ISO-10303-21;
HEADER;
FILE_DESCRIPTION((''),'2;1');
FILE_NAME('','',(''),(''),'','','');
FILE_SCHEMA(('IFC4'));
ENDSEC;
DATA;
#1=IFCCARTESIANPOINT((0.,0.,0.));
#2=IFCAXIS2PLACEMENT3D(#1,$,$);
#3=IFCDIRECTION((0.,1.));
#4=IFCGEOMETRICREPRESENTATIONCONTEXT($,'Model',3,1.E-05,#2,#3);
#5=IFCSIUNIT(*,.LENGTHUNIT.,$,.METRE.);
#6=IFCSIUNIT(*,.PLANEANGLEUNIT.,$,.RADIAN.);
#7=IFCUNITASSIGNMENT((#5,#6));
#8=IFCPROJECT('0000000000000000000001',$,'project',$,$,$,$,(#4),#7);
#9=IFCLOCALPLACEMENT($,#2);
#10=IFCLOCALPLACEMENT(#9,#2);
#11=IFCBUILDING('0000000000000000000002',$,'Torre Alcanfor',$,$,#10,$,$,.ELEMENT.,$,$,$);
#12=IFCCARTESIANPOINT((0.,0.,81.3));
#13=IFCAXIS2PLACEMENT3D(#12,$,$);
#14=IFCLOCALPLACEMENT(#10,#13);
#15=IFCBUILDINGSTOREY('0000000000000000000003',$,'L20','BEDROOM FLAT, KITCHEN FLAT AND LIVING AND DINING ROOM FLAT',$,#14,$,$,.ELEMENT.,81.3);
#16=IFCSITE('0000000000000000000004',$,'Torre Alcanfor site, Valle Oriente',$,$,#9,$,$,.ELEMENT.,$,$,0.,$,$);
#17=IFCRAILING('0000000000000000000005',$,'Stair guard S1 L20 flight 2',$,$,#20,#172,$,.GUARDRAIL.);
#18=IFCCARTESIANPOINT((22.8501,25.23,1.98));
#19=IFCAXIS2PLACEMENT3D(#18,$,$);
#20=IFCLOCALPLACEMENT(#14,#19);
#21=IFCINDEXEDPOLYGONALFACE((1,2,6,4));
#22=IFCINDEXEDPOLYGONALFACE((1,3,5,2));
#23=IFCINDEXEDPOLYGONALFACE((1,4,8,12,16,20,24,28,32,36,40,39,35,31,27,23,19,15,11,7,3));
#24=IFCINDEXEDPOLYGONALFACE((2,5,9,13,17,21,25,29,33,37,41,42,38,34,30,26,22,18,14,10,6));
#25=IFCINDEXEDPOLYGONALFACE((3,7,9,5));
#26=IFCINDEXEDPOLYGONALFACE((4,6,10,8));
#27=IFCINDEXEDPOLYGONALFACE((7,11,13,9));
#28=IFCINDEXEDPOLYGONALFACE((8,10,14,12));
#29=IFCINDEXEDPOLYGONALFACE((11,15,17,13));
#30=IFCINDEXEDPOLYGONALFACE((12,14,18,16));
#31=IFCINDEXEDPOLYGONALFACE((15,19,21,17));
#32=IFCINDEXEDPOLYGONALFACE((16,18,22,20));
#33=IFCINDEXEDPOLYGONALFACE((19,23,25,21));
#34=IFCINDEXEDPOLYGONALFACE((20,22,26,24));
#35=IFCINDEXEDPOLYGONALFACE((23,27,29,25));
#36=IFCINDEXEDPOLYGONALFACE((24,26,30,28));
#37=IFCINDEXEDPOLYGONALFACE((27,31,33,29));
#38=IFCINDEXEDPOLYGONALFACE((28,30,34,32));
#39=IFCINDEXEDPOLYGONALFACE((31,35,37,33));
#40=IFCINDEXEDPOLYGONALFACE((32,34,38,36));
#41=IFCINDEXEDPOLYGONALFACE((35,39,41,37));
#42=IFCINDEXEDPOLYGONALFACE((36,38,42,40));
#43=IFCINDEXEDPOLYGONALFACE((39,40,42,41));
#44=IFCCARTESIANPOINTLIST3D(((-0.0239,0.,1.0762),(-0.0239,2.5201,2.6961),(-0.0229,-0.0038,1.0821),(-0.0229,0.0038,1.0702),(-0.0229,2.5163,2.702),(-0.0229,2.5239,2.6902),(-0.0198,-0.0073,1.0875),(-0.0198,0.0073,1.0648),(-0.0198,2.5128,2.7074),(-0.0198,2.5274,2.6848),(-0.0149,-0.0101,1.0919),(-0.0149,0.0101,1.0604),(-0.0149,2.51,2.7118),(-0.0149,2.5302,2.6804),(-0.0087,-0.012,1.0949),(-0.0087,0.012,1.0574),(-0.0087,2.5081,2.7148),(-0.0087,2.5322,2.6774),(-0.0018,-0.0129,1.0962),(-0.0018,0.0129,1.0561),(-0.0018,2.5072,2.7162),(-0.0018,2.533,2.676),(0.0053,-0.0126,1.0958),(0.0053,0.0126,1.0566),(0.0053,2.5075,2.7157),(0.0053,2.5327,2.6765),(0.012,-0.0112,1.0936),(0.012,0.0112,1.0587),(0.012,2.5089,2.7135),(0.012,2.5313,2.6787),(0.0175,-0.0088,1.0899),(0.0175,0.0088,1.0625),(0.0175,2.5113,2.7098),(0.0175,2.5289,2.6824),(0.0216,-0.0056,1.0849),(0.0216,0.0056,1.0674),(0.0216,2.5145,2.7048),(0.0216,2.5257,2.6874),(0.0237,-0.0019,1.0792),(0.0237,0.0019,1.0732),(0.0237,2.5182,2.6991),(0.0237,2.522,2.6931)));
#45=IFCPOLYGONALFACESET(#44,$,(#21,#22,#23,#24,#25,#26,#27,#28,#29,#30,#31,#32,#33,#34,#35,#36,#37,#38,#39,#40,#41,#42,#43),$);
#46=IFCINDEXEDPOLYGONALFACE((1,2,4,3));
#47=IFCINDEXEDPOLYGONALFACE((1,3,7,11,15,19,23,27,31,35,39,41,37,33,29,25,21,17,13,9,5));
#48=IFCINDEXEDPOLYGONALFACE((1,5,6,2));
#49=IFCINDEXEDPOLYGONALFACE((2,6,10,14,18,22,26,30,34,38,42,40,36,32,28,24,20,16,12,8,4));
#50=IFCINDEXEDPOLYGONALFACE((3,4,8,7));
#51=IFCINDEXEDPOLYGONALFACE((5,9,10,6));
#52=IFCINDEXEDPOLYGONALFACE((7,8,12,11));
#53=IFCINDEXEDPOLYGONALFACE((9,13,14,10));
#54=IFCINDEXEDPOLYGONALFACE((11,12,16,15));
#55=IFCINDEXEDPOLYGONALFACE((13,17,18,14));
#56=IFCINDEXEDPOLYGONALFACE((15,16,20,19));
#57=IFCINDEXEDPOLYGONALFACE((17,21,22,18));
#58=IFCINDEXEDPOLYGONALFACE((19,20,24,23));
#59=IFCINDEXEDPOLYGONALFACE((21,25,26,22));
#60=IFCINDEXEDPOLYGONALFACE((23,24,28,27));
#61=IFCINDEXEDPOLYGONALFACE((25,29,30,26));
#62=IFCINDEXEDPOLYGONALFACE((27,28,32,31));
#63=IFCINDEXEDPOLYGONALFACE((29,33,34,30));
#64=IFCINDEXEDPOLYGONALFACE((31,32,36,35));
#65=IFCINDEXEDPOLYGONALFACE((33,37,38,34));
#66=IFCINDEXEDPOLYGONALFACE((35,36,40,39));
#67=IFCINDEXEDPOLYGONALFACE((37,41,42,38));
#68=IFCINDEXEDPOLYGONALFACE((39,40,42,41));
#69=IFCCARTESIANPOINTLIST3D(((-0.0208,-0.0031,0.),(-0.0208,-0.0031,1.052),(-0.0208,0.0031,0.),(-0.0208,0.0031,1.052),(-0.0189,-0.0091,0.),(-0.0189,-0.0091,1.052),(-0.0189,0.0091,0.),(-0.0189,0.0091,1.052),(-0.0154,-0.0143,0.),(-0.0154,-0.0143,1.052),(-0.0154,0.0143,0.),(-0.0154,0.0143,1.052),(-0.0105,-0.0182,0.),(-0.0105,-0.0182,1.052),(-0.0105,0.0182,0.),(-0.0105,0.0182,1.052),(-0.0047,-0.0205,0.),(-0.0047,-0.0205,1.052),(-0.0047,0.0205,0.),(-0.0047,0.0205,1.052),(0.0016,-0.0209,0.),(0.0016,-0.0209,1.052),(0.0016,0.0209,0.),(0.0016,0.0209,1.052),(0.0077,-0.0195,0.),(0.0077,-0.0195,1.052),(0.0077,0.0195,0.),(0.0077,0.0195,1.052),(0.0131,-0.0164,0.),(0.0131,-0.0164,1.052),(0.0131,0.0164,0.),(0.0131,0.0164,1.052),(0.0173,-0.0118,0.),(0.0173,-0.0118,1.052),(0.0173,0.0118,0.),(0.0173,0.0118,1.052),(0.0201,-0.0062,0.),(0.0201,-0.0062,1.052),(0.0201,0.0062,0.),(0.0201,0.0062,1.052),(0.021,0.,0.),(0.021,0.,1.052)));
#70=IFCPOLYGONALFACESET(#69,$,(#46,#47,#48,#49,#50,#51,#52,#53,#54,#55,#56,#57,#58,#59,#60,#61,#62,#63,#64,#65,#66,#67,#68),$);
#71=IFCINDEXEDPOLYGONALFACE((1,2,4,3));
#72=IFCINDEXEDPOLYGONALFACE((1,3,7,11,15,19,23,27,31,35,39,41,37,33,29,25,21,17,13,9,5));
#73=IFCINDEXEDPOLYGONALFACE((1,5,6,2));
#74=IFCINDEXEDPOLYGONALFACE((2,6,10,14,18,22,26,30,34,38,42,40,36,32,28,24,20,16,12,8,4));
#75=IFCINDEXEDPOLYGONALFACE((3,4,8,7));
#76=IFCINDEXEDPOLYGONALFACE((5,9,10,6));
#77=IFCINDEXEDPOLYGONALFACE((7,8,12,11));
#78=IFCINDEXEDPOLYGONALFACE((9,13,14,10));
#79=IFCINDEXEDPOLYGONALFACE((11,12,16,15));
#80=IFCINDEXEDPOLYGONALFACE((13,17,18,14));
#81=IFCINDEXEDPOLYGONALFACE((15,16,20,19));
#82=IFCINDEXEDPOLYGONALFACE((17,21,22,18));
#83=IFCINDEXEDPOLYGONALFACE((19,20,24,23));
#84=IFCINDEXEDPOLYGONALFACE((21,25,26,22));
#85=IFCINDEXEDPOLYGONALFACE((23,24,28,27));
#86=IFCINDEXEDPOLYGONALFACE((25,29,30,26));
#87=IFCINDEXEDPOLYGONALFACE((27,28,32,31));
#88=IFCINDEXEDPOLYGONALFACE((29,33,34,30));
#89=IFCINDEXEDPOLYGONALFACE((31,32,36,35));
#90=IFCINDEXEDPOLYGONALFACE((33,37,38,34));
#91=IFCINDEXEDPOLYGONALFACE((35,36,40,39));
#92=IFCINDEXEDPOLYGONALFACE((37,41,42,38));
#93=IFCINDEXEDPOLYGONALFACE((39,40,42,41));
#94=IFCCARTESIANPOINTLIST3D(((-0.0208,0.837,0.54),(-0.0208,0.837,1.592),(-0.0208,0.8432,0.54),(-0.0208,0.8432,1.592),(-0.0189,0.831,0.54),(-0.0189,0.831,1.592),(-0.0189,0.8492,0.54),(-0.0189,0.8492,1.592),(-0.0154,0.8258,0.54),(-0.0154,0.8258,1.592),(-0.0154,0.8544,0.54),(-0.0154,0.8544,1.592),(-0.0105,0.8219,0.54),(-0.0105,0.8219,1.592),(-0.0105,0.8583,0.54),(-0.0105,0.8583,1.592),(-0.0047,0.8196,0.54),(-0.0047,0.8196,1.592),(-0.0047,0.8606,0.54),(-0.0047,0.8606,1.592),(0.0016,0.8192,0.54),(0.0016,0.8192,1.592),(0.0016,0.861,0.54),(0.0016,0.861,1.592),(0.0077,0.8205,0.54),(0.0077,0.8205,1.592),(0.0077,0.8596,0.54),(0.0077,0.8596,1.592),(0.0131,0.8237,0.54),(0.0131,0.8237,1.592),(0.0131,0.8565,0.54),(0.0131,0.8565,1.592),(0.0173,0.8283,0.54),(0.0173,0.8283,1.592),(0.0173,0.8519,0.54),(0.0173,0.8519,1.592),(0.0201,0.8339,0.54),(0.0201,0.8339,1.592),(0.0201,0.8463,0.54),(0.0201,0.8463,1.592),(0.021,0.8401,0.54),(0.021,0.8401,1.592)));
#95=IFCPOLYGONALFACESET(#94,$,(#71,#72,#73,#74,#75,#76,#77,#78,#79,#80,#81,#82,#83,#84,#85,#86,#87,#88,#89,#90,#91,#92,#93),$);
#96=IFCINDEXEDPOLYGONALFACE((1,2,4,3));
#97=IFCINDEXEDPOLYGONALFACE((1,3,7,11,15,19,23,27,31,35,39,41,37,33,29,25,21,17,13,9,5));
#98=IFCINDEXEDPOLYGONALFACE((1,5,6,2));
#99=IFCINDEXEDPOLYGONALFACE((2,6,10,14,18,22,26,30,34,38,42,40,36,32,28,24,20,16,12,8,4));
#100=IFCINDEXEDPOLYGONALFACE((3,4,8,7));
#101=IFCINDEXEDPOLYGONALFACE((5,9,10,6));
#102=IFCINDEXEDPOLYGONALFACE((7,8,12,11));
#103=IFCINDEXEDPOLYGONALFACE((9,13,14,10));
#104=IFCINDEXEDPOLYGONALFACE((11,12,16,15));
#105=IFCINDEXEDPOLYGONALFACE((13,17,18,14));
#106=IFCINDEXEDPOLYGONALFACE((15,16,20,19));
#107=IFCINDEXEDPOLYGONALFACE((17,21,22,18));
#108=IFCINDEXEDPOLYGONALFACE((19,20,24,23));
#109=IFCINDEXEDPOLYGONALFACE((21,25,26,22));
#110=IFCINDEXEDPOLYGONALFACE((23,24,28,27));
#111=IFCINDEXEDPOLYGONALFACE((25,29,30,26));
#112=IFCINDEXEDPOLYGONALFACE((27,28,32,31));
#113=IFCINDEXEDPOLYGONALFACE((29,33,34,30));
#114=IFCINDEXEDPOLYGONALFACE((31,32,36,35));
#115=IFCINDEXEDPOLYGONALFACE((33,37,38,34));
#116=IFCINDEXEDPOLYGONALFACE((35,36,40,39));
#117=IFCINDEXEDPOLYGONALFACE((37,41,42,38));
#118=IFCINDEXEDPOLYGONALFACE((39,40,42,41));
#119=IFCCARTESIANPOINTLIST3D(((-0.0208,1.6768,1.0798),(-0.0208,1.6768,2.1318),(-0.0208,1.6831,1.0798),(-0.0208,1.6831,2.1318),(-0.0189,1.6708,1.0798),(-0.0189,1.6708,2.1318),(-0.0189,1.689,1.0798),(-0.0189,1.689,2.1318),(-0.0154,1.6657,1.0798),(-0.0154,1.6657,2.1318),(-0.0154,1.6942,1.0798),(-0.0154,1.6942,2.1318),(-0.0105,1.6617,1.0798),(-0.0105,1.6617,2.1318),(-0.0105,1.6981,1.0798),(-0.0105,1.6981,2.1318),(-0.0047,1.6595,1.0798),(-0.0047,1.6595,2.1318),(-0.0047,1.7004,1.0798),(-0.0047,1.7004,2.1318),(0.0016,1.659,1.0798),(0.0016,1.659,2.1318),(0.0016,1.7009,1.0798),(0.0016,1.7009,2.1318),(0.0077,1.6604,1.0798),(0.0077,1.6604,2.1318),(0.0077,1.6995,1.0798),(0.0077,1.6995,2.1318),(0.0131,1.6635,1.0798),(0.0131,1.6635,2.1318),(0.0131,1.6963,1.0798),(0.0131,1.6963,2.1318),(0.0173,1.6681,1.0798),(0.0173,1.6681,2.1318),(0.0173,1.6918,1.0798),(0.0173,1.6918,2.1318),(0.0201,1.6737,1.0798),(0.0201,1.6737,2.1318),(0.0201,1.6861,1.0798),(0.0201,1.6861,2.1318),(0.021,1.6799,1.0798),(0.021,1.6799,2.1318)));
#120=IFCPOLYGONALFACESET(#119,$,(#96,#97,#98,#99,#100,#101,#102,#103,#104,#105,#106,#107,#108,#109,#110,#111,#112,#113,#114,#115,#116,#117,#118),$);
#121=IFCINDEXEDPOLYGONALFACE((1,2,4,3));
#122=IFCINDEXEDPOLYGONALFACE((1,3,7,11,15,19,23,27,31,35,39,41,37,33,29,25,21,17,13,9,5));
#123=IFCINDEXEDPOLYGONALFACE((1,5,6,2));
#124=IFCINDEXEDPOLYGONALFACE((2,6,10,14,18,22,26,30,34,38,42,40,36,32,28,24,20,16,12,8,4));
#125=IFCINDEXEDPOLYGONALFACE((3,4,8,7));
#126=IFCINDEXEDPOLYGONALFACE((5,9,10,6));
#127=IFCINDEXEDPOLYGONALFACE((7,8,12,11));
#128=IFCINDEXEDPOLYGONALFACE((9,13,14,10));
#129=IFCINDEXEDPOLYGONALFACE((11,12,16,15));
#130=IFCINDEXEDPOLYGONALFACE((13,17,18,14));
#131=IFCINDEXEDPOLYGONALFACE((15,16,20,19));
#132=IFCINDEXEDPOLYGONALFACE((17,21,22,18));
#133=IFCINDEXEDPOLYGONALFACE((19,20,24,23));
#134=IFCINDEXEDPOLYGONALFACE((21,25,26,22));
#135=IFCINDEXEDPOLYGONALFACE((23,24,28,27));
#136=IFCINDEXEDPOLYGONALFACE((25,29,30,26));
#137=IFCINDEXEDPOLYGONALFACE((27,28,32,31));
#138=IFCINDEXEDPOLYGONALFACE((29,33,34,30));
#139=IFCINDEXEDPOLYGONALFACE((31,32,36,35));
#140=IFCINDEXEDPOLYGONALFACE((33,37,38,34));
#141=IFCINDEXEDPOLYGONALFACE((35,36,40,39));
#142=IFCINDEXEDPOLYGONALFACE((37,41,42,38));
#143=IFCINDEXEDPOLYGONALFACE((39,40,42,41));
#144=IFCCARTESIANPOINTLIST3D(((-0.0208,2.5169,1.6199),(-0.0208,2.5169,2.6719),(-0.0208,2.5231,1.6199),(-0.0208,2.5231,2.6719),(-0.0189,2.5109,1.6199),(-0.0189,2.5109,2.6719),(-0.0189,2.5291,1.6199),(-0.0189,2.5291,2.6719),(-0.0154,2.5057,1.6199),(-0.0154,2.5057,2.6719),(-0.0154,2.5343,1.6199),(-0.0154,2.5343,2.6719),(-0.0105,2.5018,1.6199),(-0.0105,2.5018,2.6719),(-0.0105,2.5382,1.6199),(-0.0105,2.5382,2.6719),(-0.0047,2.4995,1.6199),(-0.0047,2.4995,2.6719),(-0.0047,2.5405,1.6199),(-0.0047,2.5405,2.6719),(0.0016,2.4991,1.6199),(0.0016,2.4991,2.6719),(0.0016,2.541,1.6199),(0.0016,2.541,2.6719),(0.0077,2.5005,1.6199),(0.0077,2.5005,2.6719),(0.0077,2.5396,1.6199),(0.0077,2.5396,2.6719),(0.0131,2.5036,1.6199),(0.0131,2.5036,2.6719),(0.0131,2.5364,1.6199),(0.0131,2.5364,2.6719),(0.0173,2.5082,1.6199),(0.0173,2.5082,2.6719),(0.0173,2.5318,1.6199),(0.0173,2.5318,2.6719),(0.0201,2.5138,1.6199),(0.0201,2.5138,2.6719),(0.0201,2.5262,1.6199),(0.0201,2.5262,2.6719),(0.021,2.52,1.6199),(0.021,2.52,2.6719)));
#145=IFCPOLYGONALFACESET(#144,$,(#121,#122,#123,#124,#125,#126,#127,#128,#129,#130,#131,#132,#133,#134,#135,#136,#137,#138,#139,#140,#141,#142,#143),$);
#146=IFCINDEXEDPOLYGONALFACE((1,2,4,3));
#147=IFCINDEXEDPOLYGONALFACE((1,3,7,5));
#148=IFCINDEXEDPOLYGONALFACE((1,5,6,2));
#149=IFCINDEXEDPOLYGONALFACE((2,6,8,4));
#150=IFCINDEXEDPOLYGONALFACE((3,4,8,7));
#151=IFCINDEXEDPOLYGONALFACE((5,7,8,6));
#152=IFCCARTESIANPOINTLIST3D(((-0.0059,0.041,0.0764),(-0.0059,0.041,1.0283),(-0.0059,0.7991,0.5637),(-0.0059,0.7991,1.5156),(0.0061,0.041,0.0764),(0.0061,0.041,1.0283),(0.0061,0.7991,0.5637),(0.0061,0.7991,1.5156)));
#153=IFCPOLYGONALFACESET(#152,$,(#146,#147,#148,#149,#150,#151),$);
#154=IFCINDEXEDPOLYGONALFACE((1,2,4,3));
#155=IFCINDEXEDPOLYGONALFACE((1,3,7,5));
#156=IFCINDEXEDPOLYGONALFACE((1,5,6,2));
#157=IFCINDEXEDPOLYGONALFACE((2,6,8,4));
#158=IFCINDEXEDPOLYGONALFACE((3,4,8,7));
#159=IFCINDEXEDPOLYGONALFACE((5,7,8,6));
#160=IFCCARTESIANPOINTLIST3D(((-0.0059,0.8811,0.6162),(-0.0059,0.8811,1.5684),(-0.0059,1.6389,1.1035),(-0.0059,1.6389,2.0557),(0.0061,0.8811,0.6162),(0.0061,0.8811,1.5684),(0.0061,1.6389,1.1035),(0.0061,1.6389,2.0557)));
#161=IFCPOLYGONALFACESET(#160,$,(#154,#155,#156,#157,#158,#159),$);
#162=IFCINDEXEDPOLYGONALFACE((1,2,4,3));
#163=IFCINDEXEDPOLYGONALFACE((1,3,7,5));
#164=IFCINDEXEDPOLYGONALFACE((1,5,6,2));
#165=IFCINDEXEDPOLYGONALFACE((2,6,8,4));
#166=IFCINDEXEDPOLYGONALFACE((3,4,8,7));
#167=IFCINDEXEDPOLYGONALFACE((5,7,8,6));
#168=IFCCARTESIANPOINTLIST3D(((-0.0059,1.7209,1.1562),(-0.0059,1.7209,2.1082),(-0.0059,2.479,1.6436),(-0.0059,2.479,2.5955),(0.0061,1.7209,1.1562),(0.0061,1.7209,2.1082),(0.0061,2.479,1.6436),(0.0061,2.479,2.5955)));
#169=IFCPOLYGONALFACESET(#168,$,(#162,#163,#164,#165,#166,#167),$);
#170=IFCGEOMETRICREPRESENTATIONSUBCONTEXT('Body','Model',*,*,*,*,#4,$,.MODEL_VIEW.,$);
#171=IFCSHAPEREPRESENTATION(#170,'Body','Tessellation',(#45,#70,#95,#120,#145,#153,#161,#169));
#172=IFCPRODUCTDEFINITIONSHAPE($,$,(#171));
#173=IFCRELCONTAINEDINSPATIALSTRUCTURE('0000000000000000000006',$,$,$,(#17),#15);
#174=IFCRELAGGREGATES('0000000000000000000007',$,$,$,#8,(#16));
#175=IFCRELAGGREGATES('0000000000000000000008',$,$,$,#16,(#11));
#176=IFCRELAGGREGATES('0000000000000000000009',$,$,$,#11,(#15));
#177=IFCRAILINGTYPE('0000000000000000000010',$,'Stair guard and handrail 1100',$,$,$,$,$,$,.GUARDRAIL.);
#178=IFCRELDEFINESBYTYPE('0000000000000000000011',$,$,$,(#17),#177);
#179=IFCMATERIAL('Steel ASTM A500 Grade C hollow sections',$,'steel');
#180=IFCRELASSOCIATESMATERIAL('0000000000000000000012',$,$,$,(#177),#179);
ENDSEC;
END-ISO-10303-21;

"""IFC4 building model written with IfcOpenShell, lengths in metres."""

from ifc_helpers import new_model, si_unit, direction, frame, origin, origin_2d, place, context, subcontext, project, spatial, polyline, circle, outline, extrude, material, type_object, element, save


model = new_model("IFC4")

# Units and contexts
model_context = context("Model", 3, precision=1e-05, world=origin(), true_north=direction((0.0, 1.0)))
body_context = subcontext(model_context, "Body", "Model", "MODEL_VIEW")
ifc_project = project(units=[si_unit("LENGTHUNIT", "METRE"), si_unit("PLANEANGLEUNIT", "RADIAN")], contexts=[model_context])

# Site, building, storey
site_placement = place(None, origin())
site = spatial("IfcSite", under=ifc_project, at=site_placement, Name="Torre Alcanfor site, Valle Oriente", CompositionType="ELEMENT", RefElevation=0.0)
building_placement = place(site_placement, origin())
building = spatial("IfcBuilding", under=site, at=building_placement, Name="Torre Alcanfor", CompositionType="ELEMENT")
storey_placement = place(building_placement, frame((0.0, 0.0, 81.3)))
storey = spatial("IfcBuildingStorey", under=building, at=storey_placement, Name="L20", Description="BEDROOM FLAT, KITCHEN FLAT AND LIVING AND DINING ROOM FLAT", CompositionType="ELEMENT", Elevation=81.3)

# Railing
ifc_material_1 = material(Name="Steel ASTM A500 Grade C hollow sections", Category="steel")
railing_type_1 = type_object("IfcRailingType", Name="Stair guard and handrail 1100", PredefinedType="GUARDRAIL", material=ifc_material_1)
railing_1_placement = place(storey_placement, frame((22.8501, 25.23, 1.98)))
element("IfcRailing", 1, at=railing_1_placement, inside=storey, type_object=railing_type_1, Name="Stair guard S1 L20 flight 2", PredefinedType="GUARDRAIL", context=body_context, shape_type="SweptSolid", body=[
    extrude(circle(Radius=0.0239, at=origin_2d()), frame((0.0, 0.0, 1.0762), z_axis=(0.0, 0.8412, 0.540725), x_axis=(-1.0, 0.0, 0.0)), (0.0, 0.0, 1.0), 2.9958),
    extrude(circle(Radius=0.021, at=origin_2d()), origin(), (0.0, 0.0, 1.0), 1.052),
    extrude(circle(Radius=0.021, at=origin_2d()), frame((0.0, 0.8401, 0.54)), (0.0, 0.0, 1.0), 1.052),
    extrude(circle(Radius=0.021, at=origin_2d()), frame((0.0, 1.6799, 1.0798)), (0.0, 0.0, 1.0), 1.052),
    extrude(circle(Radius=0.021, at=origin_2d()), frame((0.0, 2.52, 1.6199)), (0.0, 0.0, 1.0), 1.052),
    extrude(outline(polyline([(0.041, 0.0764), (0.7991, 0.5637), (0.7991, 1.5156), (0.041, 1.0283), (0.041, 0.0764)])), frame((-0.0059, 0.0, 0.0), z_axis=(1.0, 0.0, 0.0), x_axis=(0.0, 1.0, 0.0)), (0.0, 0.0, 1.0), 0.012),
    extrude(outline(polyline([(0.8811, 0.6162), (1.6389, 1.1035), (1.6389, 2.0557), (0.8811, 1.5684), (0.8811, 0.6162)])), frame((-0.0059, 0.0, 0.0), z_axis=(1.0, 0.0, 0.0), x_axis=(0.0, 1.0, 0.0)), (0.0, 0.0, 1.0), 0.012),
    extrude(outline(polyline([(1.7209, 1.1562), (2.479, 1.6436), (2.479, 2.5955), (1.7209, 2.1082), (1.7209, 1.1562)])), frame((-0.0059, 0.0, 0.0), z_axis=(1.0, 0.0, 0.0), x_axis=(0.0, 1.0, 0.0)), (0.0, 0.0, 1.0), 0.012),
])

save(model, "model.ifc")
